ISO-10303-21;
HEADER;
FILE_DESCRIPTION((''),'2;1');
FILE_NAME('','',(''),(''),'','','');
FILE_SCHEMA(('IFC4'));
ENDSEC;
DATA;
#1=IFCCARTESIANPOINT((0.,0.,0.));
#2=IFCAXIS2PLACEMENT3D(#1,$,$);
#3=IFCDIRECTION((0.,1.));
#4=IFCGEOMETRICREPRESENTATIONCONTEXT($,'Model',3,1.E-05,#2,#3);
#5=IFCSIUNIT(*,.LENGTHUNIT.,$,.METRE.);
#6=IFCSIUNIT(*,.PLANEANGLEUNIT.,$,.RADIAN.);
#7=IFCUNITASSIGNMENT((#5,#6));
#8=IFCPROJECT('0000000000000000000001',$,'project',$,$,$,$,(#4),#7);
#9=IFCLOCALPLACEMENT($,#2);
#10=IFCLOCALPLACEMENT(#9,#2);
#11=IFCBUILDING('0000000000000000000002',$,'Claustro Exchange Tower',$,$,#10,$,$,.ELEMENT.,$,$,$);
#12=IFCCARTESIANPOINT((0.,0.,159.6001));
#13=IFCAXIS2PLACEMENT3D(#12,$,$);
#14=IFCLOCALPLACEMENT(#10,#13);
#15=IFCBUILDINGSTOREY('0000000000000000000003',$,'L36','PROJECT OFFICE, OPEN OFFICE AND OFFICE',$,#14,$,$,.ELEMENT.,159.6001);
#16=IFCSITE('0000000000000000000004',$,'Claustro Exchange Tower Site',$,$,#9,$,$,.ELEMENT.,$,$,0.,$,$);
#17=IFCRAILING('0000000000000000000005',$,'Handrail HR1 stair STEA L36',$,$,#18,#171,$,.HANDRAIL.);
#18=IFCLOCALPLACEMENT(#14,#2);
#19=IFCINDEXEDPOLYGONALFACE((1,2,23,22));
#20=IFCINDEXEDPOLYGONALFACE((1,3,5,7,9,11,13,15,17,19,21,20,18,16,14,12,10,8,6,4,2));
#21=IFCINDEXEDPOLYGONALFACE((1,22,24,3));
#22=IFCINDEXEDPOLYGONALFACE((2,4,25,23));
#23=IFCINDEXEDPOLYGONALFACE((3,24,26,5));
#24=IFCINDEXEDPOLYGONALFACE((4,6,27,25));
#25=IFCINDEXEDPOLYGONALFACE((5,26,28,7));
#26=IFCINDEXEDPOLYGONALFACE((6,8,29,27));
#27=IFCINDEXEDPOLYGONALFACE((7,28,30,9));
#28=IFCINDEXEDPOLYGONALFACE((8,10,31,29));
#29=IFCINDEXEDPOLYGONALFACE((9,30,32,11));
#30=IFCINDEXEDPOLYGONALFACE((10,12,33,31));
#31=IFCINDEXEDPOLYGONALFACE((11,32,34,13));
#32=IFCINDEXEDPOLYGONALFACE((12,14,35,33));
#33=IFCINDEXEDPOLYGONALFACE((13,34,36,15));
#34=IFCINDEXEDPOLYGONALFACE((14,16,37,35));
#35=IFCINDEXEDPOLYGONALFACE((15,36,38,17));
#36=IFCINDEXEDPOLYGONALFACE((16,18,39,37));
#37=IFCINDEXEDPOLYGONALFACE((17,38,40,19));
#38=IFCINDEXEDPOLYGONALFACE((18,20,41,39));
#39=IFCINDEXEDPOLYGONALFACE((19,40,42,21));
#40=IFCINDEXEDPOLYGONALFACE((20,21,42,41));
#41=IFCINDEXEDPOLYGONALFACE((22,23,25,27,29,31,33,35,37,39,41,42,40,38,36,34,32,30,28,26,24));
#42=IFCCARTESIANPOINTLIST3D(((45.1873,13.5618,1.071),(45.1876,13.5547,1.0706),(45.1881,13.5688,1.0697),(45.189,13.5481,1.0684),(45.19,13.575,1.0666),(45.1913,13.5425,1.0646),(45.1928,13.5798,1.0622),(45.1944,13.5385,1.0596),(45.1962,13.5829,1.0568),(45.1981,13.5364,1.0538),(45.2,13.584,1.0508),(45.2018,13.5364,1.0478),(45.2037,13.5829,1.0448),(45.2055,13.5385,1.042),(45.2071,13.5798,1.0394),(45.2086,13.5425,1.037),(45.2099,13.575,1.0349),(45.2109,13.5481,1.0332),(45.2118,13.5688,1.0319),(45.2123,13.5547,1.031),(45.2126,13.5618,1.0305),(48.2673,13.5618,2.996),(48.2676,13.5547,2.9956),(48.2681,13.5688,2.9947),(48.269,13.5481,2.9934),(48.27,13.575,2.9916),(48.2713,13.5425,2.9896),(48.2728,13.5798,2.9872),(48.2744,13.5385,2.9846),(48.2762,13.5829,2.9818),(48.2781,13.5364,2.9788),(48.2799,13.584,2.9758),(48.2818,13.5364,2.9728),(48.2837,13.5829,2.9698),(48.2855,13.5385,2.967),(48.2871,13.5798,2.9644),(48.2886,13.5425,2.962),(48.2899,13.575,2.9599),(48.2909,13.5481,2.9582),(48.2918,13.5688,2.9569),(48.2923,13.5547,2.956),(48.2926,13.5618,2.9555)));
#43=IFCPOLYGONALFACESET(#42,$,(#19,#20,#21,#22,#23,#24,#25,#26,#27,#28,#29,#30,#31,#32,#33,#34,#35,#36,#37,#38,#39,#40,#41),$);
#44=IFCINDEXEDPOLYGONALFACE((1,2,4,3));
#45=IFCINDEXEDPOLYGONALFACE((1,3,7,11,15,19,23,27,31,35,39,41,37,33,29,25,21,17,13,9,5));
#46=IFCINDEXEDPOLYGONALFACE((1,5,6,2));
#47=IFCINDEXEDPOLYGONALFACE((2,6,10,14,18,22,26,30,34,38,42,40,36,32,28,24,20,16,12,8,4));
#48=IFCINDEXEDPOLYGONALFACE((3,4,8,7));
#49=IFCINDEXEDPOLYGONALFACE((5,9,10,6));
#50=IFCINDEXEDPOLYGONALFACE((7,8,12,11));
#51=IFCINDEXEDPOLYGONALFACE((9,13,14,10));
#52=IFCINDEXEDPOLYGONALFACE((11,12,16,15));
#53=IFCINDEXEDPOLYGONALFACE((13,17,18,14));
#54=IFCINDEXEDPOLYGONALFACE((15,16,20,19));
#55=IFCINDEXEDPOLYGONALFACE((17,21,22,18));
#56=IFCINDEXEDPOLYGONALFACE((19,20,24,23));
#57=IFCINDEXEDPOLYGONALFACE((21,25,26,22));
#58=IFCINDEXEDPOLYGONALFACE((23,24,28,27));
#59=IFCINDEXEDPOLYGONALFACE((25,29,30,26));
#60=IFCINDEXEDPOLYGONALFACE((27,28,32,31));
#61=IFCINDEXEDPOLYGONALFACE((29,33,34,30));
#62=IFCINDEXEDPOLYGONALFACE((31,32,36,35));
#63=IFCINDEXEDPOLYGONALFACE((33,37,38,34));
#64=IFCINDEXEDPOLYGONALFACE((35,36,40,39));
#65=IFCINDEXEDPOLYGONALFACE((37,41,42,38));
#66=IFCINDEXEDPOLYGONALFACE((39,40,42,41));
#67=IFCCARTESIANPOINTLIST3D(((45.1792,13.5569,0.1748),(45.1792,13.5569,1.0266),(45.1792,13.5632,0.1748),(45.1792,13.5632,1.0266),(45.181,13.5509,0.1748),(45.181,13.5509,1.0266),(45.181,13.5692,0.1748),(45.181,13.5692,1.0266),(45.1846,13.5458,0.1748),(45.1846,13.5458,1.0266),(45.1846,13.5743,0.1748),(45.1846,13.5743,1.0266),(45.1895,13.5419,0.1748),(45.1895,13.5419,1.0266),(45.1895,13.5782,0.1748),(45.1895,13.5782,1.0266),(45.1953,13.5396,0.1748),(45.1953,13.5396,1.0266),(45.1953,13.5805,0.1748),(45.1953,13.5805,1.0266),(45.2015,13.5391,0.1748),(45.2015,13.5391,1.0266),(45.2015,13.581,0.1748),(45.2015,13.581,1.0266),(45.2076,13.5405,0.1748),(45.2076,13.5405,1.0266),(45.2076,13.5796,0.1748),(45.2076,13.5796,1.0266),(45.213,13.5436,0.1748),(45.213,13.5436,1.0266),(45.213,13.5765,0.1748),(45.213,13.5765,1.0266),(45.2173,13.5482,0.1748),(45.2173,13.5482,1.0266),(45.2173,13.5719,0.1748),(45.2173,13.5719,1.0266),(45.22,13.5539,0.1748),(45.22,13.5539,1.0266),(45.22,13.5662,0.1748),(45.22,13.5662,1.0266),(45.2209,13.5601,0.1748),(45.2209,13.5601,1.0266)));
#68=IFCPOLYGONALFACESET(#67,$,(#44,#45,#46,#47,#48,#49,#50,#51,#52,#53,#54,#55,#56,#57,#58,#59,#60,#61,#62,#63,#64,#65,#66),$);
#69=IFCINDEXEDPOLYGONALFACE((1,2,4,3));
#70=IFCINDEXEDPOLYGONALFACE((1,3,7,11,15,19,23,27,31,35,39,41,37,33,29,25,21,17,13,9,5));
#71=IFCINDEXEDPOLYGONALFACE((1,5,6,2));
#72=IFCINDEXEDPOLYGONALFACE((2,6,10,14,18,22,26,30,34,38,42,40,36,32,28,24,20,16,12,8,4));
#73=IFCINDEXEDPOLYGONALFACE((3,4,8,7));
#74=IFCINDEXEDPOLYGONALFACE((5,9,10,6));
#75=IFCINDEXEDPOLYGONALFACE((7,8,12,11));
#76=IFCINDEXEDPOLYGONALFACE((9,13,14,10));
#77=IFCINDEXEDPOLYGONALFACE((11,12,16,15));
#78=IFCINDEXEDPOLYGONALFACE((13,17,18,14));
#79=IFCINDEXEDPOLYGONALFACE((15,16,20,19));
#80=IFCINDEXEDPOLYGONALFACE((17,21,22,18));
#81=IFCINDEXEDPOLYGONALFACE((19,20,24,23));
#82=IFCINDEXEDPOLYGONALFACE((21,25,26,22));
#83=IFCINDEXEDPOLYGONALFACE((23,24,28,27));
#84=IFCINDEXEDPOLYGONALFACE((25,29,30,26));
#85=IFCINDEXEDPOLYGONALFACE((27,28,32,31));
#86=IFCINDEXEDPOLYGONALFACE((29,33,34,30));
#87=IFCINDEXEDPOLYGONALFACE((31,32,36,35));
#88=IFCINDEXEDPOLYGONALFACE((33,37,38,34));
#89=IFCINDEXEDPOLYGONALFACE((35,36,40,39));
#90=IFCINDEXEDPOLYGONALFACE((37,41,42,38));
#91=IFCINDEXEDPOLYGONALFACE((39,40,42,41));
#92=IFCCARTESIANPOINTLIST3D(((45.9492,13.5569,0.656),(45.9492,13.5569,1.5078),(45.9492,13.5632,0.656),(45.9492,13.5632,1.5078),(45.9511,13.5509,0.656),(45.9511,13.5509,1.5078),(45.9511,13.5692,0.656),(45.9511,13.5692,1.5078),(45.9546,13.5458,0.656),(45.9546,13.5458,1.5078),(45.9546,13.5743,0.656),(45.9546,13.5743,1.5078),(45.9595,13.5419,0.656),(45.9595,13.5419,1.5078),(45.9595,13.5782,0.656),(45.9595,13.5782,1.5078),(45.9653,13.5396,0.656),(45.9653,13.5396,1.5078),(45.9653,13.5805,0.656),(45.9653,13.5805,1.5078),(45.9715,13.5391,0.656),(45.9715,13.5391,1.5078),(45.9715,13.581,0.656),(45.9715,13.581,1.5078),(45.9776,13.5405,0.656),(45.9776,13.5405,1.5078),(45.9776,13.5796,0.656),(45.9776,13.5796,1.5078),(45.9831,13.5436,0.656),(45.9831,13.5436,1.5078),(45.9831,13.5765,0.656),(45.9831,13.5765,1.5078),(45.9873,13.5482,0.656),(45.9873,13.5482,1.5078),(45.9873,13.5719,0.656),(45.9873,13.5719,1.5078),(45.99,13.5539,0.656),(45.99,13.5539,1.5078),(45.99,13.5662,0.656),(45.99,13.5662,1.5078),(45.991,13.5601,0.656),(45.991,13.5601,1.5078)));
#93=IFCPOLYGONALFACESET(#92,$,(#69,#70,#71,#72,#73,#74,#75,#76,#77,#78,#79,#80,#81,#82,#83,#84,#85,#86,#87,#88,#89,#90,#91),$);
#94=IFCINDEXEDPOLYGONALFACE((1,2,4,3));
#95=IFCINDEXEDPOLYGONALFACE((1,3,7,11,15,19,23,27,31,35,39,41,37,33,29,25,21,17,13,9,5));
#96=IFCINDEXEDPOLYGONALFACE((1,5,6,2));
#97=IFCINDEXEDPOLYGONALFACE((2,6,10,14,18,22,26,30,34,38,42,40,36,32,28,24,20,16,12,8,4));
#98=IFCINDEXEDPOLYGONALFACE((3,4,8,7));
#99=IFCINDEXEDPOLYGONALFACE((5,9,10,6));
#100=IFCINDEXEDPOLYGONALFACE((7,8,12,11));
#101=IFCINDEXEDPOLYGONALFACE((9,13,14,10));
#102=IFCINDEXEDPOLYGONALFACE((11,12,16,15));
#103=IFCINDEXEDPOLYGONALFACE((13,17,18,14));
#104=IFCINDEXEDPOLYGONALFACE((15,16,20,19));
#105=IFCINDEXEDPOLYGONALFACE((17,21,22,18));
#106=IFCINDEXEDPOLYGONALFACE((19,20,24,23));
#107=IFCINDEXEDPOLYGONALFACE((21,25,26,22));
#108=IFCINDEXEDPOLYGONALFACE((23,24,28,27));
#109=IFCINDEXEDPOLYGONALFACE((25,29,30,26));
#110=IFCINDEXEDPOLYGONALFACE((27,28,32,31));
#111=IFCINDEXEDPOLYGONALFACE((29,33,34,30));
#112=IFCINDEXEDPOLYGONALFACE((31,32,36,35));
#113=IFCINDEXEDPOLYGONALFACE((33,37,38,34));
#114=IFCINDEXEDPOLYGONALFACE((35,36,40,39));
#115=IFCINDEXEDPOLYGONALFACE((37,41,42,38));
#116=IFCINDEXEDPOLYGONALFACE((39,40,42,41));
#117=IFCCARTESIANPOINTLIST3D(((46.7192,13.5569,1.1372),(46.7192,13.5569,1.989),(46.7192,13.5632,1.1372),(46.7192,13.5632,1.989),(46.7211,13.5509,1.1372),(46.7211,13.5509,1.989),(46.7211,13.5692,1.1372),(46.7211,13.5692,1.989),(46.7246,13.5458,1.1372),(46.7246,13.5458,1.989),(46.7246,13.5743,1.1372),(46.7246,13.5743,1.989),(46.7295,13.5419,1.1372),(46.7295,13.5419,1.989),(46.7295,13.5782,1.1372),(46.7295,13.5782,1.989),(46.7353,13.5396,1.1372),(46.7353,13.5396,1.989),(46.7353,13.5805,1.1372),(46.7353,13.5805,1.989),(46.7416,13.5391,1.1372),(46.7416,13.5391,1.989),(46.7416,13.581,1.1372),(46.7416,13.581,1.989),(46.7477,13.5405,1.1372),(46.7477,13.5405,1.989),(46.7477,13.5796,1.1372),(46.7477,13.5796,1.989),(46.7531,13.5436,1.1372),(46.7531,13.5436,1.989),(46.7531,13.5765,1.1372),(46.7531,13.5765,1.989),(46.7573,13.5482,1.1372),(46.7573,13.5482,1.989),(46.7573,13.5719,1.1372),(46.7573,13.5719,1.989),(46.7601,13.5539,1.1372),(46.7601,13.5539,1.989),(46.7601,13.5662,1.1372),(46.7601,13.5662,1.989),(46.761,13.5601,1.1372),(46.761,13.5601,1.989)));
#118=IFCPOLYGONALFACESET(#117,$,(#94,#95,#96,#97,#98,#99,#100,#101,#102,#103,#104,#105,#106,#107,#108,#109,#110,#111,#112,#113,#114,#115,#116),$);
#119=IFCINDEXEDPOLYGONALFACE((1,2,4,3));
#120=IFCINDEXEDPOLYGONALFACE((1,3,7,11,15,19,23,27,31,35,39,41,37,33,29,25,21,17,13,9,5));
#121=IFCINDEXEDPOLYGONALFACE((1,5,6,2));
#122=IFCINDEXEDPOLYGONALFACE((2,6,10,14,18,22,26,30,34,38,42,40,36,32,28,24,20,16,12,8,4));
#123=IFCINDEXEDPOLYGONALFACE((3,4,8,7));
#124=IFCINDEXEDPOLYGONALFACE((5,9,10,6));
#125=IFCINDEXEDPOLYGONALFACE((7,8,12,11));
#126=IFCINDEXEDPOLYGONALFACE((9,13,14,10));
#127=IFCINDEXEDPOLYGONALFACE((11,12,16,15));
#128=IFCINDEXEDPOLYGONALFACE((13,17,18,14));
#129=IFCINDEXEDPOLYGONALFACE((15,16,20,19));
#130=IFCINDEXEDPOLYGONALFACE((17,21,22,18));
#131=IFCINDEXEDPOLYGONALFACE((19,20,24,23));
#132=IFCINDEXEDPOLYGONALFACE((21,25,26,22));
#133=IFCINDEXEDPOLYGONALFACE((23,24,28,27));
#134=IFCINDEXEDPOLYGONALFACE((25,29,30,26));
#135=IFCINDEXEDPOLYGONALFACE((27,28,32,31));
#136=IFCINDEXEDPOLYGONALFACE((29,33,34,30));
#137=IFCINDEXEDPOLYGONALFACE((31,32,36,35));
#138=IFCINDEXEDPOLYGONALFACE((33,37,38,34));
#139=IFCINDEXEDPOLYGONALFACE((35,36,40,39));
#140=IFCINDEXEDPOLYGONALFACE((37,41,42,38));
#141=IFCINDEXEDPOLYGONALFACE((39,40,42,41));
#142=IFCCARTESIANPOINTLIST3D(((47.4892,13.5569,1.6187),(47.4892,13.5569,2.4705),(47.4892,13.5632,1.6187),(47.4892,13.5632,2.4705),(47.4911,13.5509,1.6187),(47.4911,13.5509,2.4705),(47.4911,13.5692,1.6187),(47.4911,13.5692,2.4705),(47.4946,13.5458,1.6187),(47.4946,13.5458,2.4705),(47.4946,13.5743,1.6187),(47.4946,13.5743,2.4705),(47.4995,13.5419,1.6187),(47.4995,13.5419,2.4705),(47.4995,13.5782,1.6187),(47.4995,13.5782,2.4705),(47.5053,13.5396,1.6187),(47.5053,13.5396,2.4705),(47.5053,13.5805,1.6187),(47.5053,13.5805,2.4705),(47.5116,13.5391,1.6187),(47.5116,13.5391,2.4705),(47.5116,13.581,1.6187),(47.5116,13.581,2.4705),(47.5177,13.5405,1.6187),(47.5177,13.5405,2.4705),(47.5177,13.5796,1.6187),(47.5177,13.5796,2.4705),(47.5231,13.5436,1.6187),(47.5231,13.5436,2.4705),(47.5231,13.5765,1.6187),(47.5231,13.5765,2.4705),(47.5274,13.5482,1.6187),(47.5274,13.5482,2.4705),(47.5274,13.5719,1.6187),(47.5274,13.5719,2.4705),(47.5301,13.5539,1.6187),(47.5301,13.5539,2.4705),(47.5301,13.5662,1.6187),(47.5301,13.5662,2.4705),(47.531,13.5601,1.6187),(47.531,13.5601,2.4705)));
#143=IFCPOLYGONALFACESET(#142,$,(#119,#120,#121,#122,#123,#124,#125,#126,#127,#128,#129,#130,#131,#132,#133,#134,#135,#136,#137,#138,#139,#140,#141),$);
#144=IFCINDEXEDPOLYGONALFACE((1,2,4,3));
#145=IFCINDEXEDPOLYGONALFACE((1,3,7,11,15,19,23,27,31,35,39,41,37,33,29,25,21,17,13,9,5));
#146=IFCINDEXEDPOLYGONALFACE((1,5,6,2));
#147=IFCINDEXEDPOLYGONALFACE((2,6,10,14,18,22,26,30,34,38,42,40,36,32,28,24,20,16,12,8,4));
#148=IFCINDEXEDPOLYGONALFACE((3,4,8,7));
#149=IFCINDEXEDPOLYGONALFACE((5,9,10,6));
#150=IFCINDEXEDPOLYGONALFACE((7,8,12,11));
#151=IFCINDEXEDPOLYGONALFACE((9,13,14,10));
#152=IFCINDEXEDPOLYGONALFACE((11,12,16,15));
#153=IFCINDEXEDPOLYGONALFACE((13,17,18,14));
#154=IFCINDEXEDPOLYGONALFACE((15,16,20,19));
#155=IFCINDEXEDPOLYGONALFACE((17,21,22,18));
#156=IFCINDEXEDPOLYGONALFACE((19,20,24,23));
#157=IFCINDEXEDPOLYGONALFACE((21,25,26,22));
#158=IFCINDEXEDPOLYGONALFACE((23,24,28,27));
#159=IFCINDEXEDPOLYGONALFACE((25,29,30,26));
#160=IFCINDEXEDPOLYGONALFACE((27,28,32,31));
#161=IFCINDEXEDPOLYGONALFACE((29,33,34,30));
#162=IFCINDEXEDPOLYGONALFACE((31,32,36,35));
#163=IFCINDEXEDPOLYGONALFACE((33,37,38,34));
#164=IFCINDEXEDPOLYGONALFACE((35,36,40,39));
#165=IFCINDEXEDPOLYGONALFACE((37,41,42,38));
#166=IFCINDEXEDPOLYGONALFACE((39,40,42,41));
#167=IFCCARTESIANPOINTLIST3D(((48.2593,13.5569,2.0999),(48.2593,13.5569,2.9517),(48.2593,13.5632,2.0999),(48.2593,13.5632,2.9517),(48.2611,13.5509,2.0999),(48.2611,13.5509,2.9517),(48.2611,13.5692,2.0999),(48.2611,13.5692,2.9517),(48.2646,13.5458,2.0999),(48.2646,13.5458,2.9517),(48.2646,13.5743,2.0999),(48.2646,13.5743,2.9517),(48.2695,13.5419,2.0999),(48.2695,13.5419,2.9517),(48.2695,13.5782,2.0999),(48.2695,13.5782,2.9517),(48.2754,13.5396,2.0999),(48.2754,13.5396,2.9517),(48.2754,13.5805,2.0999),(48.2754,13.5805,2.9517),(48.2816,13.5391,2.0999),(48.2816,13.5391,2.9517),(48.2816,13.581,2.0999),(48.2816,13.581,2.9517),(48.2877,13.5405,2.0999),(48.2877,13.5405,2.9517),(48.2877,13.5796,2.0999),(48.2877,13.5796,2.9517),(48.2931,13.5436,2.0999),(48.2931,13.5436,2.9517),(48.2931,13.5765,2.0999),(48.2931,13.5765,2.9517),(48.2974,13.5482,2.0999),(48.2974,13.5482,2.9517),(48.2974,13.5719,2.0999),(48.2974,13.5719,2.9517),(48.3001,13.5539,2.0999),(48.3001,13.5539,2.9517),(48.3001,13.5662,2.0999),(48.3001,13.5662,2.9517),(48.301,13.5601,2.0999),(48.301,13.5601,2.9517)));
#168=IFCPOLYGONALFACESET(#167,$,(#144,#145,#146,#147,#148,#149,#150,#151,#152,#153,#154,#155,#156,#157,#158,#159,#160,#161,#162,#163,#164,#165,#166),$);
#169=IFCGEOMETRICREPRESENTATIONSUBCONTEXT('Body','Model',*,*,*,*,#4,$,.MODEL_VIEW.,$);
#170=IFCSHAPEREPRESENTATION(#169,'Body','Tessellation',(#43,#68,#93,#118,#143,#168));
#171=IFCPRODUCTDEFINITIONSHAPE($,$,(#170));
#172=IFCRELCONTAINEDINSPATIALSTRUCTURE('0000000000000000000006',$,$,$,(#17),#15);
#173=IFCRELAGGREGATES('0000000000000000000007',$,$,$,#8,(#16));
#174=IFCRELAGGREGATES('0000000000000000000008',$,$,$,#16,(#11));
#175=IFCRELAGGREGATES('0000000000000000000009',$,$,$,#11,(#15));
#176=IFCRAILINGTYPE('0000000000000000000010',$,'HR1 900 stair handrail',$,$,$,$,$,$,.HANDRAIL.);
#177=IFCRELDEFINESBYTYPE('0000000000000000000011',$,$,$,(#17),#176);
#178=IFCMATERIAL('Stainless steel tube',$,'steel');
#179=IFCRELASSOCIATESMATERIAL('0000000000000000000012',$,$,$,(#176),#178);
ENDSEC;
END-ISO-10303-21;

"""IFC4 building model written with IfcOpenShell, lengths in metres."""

from ifc_helpers import new_model, si_unit, direction, frame, origin, origin_2d, place, context, subcontext, project, spatial, circle, extrude, material, type_object, element, save


model = new_model("IFC4")

# Units and contexts
model_context = context("Model", 3, precision=1e-05, world=origin(), true_north=direction((0.0, 1.0)))
body_context = subcontext(model_context, "Body", "Model", "MODEL_VIEW")
ifc_project = project(units=[si_unit("LENGTHUNIT", "METRE"), si_unit("PLANEANGLEUNIT", "RADIAN")], contexts=[model_context])

# Site, building, storey
site_placement = place(None, origin())
site = spatial("IfcSite", under=ifc_project, at=site_placement, Name="Claustro Exchange Tower Site", CompositionType="ELEMENT", RefElevation=0.0)
building_placement = place(site_placement, origin())
building = spatial("IfcBuilding", under=site, at=building_placement, Name="Claustro Exchange Tower", CompositionType="ELEMENT")
storey_placement = place(building_placement, frame((0.0, 0.0, 159.6001)))
storey = spatial("IfcBuildingStorey", under=building, at=storey_placement, Name="L36", Description="PROJECT OFFICE, OPEN OFFICE AND OFFICE", CompositionType="ELEMENT", Elevation=159.6001)

# Railing
ifc_material_1 = material(Name="Stainless steel tube", Category="steel")
railing_type_1 = type_object("IfcRailingType", Name="HR1 900 stair handrail", PredefinedType="HANDRAIL", material=ifc_material_1)
railing_1_placement = place(storey_placement, frame((45.2, 13.5601, 0.1748)))
element("IfcRailing", 1, at=railing_1_placement, inside=storey, type_object=railing_type_1, Name="Handrail HR1 stair STEA L36", PredefinedType="HANDRAIL", context=body_context, shape_type="SweptSolid", body=[
    extrude(circle(Radius=0.0239, at=origin_2d()), frame((0.0, 0.0, 0.876), z_axis=(0.847998, 0.0, 0.529999), x_axis=(0.0, 1.0, 0.0)), (0.0, 0.0, 1.0), 3.6321),
    extrude(circle(Radius=0.021, at=origin_2d()), origin(), (0.0, 0.0, 1.0), 0.8518),
    extrude(circle(Radius=0.021, at=origin_2d()), frame((0.77, 0.0, 0.4812)), (0.0, 0.0, 1.0), 0.8518),
    extrude(circle(Radius=0.021, at=origin_2d()), frame((1.54, 0.0, 0.9624)), (0.0, 0.0, 1.0), 0.8518),
    extrude(circle(Radius=0.021, at=origin_2d()), frame((2.3101, 0.0, 1.4438)), (0.0, 0.0, 1.0), 0.8518),
    extrude(circle(Radius=0.021, at=origin_2d()), frame((3.0801, 0.0, 1.925)), (0.0, 0.0, 1.0), 0.8518),
])

save(model, "model.ifc")
